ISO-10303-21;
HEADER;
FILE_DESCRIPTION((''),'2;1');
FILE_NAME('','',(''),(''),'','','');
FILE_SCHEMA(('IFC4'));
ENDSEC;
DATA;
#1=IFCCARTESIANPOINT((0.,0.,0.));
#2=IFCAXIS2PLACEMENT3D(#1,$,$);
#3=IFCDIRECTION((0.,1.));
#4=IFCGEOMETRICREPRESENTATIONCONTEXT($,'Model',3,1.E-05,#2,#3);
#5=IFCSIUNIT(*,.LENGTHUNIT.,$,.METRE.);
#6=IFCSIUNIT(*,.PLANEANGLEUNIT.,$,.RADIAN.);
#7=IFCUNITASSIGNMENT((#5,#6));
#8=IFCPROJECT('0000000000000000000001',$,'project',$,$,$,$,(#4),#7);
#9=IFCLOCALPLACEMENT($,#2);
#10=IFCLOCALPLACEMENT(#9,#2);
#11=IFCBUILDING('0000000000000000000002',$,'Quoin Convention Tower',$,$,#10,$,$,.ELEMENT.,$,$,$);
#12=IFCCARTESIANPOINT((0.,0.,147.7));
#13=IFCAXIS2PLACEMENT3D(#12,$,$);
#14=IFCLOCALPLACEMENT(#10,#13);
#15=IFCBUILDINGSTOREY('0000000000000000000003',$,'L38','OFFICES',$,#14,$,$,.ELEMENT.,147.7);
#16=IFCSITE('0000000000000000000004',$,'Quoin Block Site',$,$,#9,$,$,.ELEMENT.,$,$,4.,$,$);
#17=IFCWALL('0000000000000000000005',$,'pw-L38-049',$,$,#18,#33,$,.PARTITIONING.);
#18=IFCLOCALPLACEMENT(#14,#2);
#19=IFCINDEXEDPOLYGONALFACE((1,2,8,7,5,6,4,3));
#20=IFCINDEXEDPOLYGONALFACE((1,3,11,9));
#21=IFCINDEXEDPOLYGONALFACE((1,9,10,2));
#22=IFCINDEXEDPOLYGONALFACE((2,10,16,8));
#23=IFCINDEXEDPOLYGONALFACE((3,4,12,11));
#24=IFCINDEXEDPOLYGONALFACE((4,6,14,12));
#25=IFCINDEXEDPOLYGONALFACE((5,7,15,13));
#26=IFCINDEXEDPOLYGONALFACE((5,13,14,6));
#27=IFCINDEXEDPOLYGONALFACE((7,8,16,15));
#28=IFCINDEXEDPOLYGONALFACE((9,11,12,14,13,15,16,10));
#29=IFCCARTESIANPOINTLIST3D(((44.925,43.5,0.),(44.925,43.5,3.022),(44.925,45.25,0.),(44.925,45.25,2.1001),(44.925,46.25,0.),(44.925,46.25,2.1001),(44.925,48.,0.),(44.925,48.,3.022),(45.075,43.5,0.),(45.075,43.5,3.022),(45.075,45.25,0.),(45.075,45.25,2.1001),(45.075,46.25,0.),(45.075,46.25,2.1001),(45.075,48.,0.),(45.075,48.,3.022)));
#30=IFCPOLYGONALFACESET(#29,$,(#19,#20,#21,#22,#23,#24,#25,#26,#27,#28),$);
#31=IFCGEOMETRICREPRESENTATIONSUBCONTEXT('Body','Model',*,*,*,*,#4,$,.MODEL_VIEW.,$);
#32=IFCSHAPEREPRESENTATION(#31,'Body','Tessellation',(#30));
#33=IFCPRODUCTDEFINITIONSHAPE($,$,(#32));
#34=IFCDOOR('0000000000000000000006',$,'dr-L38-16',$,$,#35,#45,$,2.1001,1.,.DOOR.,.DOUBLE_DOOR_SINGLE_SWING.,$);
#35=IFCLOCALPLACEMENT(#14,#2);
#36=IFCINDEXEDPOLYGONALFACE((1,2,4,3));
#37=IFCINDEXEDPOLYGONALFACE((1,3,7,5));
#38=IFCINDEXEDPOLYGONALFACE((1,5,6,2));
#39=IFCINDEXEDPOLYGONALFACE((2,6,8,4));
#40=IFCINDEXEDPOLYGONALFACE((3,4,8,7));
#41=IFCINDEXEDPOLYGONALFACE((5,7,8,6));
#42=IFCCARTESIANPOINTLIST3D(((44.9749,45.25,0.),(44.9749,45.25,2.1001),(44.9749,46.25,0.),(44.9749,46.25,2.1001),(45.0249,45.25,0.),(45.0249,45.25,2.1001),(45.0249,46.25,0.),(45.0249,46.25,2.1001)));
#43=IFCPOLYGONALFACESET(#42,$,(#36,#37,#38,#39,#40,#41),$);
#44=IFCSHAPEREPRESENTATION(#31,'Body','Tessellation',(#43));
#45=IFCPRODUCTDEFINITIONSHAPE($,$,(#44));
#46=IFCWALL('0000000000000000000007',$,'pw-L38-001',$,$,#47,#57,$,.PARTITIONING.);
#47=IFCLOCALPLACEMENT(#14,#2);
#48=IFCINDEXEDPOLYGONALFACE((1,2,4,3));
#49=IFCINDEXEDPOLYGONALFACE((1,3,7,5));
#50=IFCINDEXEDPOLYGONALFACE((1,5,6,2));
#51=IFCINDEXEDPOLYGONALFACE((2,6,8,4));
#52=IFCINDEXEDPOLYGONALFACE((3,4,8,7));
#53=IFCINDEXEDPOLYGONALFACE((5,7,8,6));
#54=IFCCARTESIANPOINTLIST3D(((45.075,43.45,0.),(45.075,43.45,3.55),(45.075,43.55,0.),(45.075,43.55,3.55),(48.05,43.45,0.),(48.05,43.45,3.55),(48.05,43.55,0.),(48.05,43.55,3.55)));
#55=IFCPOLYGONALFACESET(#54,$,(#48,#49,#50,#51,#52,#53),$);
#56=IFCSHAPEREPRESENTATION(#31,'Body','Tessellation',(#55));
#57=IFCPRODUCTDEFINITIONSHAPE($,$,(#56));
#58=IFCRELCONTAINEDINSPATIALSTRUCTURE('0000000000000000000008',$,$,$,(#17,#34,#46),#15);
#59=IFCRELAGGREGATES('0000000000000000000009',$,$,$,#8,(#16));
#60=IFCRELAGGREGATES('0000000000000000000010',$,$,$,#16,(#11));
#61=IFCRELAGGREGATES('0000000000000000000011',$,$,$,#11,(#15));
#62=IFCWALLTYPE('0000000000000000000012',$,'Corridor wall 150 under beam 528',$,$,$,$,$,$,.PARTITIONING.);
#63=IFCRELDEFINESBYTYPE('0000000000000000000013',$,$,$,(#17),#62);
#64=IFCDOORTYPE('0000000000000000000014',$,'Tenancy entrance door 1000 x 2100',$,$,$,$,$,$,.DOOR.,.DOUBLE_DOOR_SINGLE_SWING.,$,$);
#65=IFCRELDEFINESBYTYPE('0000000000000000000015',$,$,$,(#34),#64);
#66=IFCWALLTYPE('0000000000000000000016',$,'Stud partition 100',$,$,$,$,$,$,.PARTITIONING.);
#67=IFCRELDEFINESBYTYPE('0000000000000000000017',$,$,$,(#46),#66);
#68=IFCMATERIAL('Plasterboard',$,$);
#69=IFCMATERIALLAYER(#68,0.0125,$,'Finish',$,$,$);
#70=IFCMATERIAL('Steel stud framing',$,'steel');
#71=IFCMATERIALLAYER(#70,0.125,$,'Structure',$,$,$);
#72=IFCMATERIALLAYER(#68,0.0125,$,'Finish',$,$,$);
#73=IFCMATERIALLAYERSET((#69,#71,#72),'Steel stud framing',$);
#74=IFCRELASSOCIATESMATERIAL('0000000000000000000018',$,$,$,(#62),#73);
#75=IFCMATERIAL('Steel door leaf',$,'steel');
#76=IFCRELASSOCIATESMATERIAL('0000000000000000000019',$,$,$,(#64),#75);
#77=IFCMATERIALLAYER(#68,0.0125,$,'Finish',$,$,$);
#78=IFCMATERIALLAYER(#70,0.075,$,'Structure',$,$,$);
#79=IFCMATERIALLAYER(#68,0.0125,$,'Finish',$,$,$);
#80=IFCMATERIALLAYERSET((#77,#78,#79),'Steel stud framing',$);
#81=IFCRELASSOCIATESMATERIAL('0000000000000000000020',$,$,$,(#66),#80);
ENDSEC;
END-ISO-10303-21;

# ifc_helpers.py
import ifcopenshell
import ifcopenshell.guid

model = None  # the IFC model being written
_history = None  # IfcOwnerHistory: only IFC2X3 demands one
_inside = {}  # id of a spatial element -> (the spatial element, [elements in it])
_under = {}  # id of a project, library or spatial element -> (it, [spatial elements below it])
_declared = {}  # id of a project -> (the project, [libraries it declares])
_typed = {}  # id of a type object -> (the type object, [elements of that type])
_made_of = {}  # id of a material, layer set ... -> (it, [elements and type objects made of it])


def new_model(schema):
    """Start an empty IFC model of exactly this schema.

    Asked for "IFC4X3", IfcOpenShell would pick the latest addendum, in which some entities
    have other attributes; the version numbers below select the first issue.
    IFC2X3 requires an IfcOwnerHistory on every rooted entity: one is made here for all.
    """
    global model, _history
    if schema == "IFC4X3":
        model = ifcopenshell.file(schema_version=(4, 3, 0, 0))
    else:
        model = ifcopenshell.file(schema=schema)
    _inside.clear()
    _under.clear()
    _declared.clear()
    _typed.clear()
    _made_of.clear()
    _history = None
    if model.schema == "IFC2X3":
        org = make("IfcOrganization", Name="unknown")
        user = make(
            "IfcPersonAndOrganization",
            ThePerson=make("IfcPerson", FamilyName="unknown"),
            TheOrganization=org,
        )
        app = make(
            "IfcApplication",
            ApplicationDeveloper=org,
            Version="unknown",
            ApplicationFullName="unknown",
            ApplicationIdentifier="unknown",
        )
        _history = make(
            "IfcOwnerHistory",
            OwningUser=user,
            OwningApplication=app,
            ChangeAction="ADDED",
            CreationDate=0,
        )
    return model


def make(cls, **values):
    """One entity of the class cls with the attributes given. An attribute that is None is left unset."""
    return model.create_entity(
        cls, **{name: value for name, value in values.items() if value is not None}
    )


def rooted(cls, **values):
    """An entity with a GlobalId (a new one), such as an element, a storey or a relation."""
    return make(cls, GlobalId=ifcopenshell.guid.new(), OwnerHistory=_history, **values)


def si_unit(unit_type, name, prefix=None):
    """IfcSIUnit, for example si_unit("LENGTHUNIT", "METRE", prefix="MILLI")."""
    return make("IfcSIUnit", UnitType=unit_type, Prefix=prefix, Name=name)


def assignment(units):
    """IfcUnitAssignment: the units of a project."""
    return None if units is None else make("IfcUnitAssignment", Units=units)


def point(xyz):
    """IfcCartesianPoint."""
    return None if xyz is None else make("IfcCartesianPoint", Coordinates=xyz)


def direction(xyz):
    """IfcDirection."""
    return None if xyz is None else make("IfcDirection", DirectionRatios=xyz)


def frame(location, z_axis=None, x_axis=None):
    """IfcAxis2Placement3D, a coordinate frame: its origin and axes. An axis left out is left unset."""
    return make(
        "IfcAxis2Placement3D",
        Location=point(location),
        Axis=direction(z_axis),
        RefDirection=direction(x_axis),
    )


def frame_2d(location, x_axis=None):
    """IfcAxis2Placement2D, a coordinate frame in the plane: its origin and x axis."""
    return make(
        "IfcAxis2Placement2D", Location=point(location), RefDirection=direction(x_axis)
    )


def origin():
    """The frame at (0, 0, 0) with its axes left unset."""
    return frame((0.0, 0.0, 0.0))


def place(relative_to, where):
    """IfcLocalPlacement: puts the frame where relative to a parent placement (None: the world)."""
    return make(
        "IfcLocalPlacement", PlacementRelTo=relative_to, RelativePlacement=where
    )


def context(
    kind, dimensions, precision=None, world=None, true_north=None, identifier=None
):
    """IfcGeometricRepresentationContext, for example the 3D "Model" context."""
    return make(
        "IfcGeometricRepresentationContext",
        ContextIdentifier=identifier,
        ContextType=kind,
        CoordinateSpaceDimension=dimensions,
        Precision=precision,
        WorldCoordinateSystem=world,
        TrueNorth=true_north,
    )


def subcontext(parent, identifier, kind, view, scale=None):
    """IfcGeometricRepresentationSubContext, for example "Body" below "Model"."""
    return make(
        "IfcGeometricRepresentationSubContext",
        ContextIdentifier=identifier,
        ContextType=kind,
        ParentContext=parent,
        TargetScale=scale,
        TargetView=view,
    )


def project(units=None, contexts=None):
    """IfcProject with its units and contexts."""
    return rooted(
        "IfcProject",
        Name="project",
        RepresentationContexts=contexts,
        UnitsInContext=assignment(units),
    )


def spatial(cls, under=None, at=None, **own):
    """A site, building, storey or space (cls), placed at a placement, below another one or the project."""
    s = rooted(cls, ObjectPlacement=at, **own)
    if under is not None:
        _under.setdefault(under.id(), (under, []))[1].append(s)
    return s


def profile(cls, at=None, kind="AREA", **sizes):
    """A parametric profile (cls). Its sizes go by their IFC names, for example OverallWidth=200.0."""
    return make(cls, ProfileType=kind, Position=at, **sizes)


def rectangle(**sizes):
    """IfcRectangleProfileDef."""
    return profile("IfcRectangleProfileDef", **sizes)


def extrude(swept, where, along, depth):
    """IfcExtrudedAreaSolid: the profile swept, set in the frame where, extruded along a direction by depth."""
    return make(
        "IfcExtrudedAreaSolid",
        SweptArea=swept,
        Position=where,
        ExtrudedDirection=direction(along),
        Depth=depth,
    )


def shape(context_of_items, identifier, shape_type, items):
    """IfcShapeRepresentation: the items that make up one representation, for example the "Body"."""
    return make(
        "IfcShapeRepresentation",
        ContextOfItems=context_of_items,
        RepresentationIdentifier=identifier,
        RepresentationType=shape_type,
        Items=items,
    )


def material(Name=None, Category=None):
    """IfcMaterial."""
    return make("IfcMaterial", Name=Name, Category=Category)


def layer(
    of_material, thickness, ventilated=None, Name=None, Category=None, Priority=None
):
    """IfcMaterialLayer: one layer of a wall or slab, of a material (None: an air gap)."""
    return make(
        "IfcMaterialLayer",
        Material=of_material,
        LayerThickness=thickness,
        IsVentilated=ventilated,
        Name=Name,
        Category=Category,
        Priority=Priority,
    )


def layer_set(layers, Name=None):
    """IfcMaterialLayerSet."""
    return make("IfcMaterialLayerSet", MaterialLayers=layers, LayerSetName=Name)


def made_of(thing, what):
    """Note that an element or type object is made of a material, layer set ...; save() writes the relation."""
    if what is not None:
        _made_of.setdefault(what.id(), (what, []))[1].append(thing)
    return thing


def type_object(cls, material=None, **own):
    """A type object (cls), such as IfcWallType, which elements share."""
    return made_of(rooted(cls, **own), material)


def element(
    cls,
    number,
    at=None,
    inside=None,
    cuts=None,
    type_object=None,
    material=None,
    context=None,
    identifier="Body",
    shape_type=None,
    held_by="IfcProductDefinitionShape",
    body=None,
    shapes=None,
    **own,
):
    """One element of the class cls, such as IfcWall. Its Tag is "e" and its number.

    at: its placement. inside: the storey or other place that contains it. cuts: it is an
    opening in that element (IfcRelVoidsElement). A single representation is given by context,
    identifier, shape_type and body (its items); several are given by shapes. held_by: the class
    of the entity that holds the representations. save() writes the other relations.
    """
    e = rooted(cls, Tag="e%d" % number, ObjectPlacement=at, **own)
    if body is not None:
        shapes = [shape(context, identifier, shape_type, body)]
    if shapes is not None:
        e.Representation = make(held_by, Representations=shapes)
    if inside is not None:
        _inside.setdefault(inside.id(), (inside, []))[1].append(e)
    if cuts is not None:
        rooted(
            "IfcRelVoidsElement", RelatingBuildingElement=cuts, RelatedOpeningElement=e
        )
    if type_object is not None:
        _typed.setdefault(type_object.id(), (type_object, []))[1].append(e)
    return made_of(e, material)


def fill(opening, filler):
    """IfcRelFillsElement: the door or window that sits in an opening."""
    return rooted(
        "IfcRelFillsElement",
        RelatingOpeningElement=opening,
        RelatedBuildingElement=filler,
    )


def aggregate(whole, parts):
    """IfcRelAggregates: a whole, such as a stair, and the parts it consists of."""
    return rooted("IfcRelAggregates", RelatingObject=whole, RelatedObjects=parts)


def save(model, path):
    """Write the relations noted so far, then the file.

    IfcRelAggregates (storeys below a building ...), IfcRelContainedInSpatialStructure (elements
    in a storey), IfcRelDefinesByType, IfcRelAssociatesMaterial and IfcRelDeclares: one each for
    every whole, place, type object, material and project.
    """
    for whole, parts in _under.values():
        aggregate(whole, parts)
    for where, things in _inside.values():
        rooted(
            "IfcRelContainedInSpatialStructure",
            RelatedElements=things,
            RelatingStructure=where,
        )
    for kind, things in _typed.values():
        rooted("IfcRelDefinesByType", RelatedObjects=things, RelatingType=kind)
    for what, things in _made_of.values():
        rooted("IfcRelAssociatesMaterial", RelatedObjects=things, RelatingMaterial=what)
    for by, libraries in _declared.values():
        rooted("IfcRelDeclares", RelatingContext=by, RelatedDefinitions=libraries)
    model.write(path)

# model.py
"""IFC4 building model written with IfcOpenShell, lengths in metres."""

from ifc_helpers import new_model, si_unit, direction, frame, frame_2d, origin, place, context, subcontext, project, spatial, rectangle, extrude, material, layer, layer_set, type_object, element, fill, save


model = new_model("IFC4")

# Units and contexts
model_context = context("Model", 3, precision=1e-05, world=origin(), true_north=direction((0.0, 1.0)))
body_context = subcontext(model_context, "Body", "Model", "MODEL_VIEW")
ifc_project = project(units=[si_unit("LENGTHUNIT", "METRE"), si_unit("PLANEANGLEUNIT", "RADIAN")], contexts=[model_context])

# Site, building, storey
site_placement = place(None, origin())
site = spatial("IfcSite", under=ifc_project, at=site_placement, Name="Quoin Block Site", CompositionType="ELEMENT", RefElevation=4.0)
building_placement = place(site_placement, origin())
building = spatial("IfcBuilding", under=site, at=building_placement, Name="Quoin Convention Tower", CompositionType="ELEMENT")
storey_placement = place(building_placement, frame((0.0, 0.0, 147.7)))
storey = spatial("IfcBuildingStorey", under=building, at=storey_placement, Name="L38", Description="OFFICES", CompositionType="ELEMENT", Elevation=147.7)

# Shared definitions
ifc_material_1 = material(Name="Plasterboard")
ifc_material_2 = material(Name="Steel stud framing", Category="steel")
ifc_layer_1 = layer(ifc_material_1, 0.0125, Name="Finish")
ifc_layer_2 = layer(ifc_material_2, 0.125, Name="Structure")
ifc_layer_3 = layer(ifc_material_1, 0.0125, Name="Finish")
ifc_layer_set_1 = layer_set([ifc_layer_1, ifc_layer_2, ifc_layer_3], Name="Steel stud framing")
wall_type_1 = type_object("IfcWallType", Name="Corridor wall 150 under beam 528", PredefinedType="PARTITIONING", material=ifc_layer_set_1)

# Wall, opening, door
wall_1_placement = place(storey_placement, frame((45.0, 43.5, 0.0), z_axis=(0.0, 0.0, 1.0), x_axis=(0.0, 1.0, 0.0)))
wall_1 = element("IfcWall", 1, at=wall_1_placement, inside=storey, type_object=wall_type_1, Name="pw-L38-049", PredefinedType="PARTITIONING", context=body_context, shape_type="SweptSolid", body=[
    extrude(rectangle(XDim=4.5, YDim=0.1499, at=frame_2d((2.25, 0.0))), origin(), (0.0, 0.0, 1.0), 3.022),
])
opening_placement = place(wall_1_placement, frame((1.75, 0.0, 0.0)))
opening = element("IfcOpeningElement", 2, at=opening_placement, cuts=wall_1, PredefinedType="OPENING", context=body_context, shape_type="SweptSolid", body=[
    extrude(rectangle(XDim=1.0, YDim=2.1001, at=frame_2d((0.5, 1.05))), frame((0.0, 0.085, 0.0), z_axis=(0.0, -1.0, 0.0), x_axis=(1.0, 0.0, 0.0)), (0.0, 0.0, 1.0), 0.1699),
])
ifc_material_3 = material(Name="Steel door leaf", Category="steel")
door_type = type_object("IfcDoorType", Name="Tenancy entrance door 1000 x 2100", OperationType="DOUBLE_DOOR_SINGLE_SWING", PredefinedType="DOOR", material=ifc_material_3)
door_placement = place(opening_placement, frame((1.0, 0.0, 0.0), z_axis=(0.0, 0.0, 1.0), x_axis=(-1.0, 0.0, 0.0)))
door = element("IfcDoor", 3, at=door_placement, inside=storey, type_object=door_type, Name="dr-L38-16", OperationType="DOUBLE_DOOR_SINGLE_SWING", OverallHeight=2.1001, OverallWidth=1.0, PredefinedType="DOOR", context=body_context, shape_type="SweptSolid", body=[
    extrude(rectangle(XDim=1.0, YDim=2.1001, at=frame_2d((0.5, 1.05))), frame((0.0, 0.0249, 0.0), z_axis=(0.0, -1.0, 0.0), x_axis=(1.0, 0.0, 0.0)), (0.0, 0.0, 1.0), 0.05),
])
fill(opening, door)

# Wall
ifc_layer_4 = layer(ifc_material_1, 0.0125, Name="Finish")
ifc_layer_5 = layer(ifc_material_2, 0.075, Name="Structure")
ifc_layer_6 = layer(ifc_material_1, 0.0125, Name="Finish")
ifc_layer_set_2 = layer_set([ifc_layer_4, ifc_layer_5, ifc_layer_6], Name="Steel stud framing")
wall_type_2 = type_object("IfcWallType", Name="Stud partition 100", PredefinedType="PARTITIONING", material=ifc_layer_set_2)
wall_2_placement = place(storey_placement, frame((45.075, 43.5, 0.0), z_axis=(0.0, 0.0, 1.0), x_axis=(1.0, 0.0, 0.0)))
element("IfcWall", 4, at=wall_2_placement, inside=storey, type_object=wall_type_2, Name="pw-L38-001", PredefinedType="PARTITIONING", context=body_context, shape_type="SweptSolid", body=[
    extrude(rectangle(XDim=2.9751, YDim=0.1001, at=frame_2d((1.4875, 0.0))), origin(), (0.0, 0.0, 1.0), 3.55),
])

save(model, "model.ifc")
